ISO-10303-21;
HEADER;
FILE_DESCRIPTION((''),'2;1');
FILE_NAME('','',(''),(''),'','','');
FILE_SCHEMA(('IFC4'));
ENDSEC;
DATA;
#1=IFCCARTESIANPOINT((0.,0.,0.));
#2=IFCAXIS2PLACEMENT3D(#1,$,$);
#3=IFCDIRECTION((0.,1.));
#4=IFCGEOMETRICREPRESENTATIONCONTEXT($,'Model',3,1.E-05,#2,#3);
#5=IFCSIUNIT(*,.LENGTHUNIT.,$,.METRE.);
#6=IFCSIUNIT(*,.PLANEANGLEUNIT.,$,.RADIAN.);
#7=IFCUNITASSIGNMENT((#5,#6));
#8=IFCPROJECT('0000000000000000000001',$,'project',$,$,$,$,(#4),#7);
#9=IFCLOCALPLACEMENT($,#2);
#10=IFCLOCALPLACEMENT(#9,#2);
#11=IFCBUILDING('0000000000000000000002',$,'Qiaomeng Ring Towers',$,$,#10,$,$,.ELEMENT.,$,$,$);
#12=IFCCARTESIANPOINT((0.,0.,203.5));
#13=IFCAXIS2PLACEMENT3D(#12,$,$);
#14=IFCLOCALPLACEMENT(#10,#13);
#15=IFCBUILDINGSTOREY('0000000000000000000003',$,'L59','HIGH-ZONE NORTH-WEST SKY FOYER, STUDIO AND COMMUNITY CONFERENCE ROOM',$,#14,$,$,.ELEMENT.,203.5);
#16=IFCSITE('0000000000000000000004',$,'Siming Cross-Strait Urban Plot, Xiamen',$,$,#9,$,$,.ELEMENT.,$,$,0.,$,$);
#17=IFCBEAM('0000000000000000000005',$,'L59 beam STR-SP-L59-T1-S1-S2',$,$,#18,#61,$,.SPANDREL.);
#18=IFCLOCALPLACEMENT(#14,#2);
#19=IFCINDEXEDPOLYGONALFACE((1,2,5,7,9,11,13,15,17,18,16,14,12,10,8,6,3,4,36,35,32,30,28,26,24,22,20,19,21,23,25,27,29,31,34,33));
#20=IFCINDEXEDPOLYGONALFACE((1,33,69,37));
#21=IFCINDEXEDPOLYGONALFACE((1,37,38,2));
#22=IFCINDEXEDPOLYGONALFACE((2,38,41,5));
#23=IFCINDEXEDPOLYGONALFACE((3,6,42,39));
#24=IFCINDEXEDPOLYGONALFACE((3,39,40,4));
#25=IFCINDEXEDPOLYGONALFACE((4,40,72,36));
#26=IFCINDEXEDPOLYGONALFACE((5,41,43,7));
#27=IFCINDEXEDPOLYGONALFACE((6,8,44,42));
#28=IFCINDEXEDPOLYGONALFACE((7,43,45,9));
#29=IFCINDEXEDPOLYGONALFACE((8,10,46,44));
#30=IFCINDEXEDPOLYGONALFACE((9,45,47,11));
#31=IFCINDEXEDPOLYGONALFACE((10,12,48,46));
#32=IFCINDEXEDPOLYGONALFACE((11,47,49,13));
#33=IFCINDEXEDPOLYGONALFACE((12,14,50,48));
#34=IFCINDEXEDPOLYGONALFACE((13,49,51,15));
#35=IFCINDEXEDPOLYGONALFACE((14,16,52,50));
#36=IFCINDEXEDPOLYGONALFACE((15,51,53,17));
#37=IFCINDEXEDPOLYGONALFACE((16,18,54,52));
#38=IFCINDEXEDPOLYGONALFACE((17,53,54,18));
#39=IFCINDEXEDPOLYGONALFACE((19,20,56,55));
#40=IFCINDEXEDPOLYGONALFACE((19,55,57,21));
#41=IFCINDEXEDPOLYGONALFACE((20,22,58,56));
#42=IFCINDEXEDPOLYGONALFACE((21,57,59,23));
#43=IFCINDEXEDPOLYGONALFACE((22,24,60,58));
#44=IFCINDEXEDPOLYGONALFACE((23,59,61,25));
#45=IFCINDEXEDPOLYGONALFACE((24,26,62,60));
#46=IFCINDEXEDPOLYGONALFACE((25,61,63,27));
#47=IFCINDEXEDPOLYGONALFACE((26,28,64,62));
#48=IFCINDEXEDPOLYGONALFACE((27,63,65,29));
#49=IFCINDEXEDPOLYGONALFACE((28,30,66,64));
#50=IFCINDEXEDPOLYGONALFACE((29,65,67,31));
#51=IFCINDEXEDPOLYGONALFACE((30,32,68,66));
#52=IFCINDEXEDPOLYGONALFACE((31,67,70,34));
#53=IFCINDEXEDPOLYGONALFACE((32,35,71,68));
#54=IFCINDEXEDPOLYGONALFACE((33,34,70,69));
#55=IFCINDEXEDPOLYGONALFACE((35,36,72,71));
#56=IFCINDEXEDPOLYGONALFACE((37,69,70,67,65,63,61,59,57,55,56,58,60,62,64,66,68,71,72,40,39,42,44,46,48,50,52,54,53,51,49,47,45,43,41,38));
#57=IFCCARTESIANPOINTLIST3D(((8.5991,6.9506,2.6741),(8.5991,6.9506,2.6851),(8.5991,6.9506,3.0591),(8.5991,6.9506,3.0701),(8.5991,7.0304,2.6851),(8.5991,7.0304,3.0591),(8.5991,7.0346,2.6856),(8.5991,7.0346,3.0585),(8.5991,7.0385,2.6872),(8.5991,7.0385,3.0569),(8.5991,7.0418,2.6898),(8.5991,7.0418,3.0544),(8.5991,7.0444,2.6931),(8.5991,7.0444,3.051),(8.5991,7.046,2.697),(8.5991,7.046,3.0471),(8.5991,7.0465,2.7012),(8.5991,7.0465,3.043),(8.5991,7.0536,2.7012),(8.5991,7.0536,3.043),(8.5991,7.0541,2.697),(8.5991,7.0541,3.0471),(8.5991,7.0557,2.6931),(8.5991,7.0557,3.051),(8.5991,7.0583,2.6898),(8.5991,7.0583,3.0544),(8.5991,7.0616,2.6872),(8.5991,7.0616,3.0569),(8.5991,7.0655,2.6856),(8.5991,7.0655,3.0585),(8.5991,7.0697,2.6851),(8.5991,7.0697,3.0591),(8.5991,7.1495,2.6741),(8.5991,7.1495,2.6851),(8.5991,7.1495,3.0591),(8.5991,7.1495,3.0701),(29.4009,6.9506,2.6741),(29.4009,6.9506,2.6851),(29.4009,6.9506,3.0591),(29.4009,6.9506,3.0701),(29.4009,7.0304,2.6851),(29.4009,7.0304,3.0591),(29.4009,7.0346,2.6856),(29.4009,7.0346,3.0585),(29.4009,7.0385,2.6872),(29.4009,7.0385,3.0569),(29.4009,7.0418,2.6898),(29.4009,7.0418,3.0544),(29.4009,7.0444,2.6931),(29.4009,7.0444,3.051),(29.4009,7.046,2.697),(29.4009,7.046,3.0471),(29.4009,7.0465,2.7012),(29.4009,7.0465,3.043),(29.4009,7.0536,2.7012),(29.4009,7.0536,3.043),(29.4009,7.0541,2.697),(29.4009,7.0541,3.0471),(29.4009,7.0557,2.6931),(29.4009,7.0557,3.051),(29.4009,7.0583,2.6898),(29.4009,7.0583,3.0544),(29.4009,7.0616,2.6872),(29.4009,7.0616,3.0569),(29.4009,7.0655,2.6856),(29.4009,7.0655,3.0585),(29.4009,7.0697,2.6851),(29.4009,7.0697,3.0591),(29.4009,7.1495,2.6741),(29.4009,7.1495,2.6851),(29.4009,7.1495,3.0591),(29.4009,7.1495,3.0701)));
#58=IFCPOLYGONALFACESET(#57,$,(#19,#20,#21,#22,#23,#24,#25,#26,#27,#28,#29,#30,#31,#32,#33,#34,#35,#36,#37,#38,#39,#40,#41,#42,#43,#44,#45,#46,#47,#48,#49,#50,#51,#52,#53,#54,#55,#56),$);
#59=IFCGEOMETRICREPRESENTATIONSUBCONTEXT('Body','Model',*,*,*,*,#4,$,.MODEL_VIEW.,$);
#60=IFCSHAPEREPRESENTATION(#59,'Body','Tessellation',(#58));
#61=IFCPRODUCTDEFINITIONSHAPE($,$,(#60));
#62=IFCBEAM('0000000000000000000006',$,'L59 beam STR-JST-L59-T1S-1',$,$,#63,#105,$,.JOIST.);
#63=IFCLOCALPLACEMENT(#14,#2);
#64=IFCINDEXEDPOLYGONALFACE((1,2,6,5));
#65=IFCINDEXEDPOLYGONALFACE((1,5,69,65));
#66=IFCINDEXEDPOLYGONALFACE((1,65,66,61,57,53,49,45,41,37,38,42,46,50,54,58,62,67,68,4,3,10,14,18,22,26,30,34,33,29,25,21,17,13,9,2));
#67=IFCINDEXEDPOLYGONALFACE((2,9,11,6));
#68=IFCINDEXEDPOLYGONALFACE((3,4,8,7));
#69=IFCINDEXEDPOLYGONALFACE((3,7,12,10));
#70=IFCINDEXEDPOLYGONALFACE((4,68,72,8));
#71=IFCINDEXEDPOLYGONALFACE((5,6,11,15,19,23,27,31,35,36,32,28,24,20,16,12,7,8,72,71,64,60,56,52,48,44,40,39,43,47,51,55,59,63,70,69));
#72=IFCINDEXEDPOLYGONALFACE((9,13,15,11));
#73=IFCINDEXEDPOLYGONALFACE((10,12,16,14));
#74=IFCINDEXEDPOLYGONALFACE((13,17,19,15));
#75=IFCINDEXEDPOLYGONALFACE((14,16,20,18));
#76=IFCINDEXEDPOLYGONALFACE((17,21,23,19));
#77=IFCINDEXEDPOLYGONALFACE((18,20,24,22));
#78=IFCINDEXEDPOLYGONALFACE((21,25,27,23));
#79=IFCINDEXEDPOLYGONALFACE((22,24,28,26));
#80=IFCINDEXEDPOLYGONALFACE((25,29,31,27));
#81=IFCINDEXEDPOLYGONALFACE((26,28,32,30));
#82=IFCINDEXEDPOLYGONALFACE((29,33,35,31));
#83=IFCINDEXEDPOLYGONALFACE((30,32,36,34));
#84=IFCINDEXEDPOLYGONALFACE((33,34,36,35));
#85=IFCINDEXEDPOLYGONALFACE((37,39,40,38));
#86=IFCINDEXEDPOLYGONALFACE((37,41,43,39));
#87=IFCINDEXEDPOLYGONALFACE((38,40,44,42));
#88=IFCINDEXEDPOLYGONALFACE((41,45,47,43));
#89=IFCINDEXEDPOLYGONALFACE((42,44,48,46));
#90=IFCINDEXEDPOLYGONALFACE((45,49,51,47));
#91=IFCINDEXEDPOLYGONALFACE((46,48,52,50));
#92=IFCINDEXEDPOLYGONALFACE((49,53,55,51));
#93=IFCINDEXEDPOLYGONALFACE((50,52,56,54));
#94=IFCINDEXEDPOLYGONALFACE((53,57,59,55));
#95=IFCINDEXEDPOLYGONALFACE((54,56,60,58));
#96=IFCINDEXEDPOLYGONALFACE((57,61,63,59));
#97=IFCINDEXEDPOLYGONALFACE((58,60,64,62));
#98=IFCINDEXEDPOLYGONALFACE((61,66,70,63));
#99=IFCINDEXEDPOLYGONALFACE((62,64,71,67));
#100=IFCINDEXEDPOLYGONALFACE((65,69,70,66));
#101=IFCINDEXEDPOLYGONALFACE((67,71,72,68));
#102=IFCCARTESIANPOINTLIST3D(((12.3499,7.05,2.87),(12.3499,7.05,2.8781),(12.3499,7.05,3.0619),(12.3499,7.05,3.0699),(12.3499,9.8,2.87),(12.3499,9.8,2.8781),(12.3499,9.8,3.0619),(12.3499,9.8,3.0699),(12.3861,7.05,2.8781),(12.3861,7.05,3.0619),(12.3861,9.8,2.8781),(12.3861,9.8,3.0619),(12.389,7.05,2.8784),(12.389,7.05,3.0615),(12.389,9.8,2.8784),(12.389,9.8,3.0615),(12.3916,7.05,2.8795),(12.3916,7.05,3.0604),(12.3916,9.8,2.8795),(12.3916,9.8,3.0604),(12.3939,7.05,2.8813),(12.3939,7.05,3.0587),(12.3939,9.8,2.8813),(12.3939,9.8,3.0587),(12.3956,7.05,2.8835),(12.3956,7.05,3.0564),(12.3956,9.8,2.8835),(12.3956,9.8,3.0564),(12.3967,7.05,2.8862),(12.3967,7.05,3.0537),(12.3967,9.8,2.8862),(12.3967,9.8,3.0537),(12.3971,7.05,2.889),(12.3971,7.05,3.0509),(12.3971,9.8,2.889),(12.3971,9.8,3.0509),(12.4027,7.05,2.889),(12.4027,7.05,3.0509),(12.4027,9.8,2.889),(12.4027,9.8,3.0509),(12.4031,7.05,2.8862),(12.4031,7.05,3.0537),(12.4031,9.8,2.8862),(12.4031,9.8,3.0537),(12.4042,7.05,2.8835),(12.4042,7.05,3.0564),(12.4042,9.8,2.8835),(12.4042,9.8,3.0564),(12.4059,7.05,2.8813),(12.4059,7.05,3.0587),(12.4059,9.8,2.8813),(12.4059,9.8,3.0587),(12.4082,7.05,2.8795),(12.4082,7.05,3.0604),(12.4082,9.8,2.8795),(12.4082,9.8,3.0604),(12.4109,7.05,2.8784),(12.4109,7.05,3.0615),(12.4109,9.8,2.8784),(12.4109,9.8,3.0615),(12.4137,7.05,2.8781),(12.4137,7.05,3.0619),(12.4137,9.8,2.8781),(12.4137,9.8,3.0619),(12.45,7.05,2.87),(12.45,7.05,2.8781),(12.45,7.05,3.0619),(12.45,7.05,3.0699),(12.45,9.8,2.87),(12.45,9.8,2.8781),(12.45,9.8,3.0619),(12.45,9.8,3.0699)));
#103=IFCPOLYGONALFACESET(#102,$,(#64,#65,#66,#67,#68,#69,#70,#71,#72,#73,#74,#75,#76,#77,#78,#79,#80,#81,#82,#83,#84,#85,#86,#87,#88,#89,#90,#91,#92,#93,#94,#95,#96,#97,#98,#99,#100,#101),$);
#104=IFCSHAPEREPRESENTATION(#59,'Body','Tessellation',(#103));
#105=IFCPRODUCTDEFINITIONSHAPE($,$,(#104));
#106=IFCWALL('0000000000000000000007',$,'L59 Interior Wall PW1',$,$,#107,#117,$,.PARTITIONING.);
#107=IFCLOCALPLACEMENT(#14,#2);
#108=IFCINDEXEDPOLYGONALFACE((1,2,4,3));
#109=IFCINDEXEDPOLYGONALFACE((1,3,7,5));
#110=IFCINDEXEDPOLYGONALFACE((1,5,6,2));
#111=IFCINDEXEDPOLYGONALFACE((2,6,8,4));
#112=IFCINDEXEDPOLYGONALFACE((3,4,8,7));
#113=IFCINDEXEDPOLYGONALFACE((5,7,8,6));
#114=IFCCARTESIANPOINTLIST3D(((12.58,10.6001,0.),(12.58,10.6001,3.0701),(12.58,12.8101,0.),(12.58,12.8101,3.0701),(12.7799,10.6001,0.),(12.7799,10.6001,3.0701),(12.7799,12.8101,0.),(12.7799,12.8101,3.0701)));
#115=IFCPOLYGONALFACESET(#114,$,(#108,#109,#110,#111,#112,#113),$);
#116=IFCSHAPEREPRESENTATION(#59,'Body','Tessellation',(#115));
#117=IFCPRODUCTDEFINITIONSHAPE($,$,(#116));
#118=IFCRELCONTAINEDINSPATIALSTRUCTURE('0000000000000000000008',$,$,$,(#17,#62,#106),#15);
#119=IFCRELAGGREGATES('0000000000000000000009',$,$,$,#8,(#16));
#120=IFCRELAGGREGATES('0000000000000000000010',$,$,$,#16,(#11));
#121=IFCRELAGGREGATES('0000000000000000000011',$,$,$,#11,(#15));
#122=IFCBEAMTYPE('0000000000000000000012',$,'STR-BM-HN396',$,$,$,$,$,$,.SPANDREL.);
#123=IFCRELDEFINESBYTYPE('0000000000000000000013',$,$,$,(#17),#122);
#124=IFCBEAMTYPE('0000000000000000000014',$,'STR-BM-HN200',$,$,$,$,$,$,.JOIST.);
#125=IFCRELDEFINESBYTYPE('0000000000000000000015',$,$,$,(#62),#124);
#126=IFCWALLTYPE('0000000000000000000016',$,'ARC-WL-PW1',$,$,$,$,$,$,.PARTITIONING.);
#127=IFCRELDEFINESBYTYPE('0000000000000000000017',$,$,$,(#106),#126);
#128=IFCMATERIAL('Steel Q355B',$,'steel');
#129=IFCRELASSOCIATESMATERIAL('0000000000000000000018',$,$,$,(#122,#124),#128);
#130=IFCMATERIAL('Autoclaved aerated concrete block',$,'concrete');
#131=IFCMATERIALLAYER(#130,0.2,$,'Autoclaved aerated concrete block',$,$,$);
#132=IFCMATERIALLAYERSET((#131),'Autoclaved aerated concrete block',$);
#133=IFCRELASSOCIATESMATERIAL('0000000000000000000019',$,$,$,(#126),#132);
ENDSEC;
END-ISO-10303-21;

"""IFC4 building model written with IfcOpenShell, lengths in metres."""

from ifc_helpers import new_model, si_unit, direction, frame, frame_2d, origin, origin_2d, place, context, subcontext, project, spatial, rectangle, i_section, extrude, source, transform, mapped, material, layer, layer_set, material_profile, profile_set, type_object, element, save


model = new_model("IFC4")

# Units and contexts
model_context = context("Model", 3, precision=1e-05, world=origin(), true_north=direction((0.0, 1.0)))
body_context = subcontext(model_context, "Body", "Model", "MODEL_VIEW")
ifc_project = project(units=[si_unit("LENGTHUNIT", "METRE"), si_unit("PLANEANGLEUNIT", "RADIAN")], contexts=[model_context])

# Site, building, storey
site_placement = place(None, origin())
site = spatial("IfcSite", under=ifc_project, at=site_placement, Name="Siming Cross-Strait Urban Plot, Xiamen", CompositionType="ELEMENT", RefElevation=0.0)
building_placement = place(site_placement, origin())
building = spatial("IfcBuilding", under=site, at=building_placement, Name="Qiaomeng Ring Towers", CompositionType="ELEMENT")
storey_placement = place(building_placement, frame((0.0, 0.0, 203.5)))
storey = spatial("IfcBuildingStorey", under=building, at=storey_placement, Name="L59", Description="HIGH-ZONE NORTH-WEST SKY FOYER, STUDIO AND COMMUNITY CONFERENCE ROOM", CompositionType="ELEMENT", Elevation=203.5)

# Beams
ifc_material_1 = material(Name="Steel Q355B", Category="steel")
ifc_material_profile_1 = material_profile(ifc_material_1, i_section(OverallWidth=0.199, OverallDepth=0.396, WebThickness=0.0071, FlangeThickness=0.011, FilletRadius=0.0161, at=origin_2d()), Name="HN 396x199x7x11")
ifc_profile_set_1 = profile_set([ifc_material_profile_1], Name="Steel Q355B")
beam_type_1 = type_object("IfcBeamType", Name="STR-BM-HN396", PredefinedType="SPANDREL", material=ifc_profile_set_1)
shared_shape_1 = source(origin(), body_context, "Body", "SweptSolid", [
    extrude(i_section(OverallWidth=0.199, OverallDepth=0.396, WebThickness=0.0071, FlangeThickness=0.011, FilletRadius=0.0161, at=origin_2d()), origin(), (0.0, 0.0, 1.0), 20.8018),
])
beam_1_placement = place(storey_placement, frame((8.5991, 7.05, 2.8721), z_axis=(1.0, 0.0, 0.0), x_axis=(0.0, 1.0, 0.0)))
element("IfcBeam", 1, at=beam_1_placement, inside=storey, type_object=beam_type_1, Name="L59 beam STR-SP-L59-T1-S1-S2", PredefinedType="SPANDREL", context=body_context, shape_type="MappedRepresentation", body=[
    mapped(shared_shape_1, transform((0.0, 0.0, 0.0), x_axis=(1.0, 0.0, 0.0), y_axis=(0.0, 1.0, 0.0), z_axis=(0.0, 0.0, 1.0), scale=1.0)),
])
ifc_material_profile_2 = material_profile(ifc_material_1, i_section(OverallWidth=0.1001, OverallDepth=0.2, WebThickness=0.0056, FlangeThickness=0.0081, FilletRadius=0.011, at=origin_2d()), Name="HN 200x100x5.5x8")
ifc_profile_set_2 = profile_set([ifc_material_profile_2], Name="Steel Q355B")
beam_type_2 = type_object("IfcBeamType", Name="STR-BM-HN200", PredefinedType="JOIST", material=ifc_profile_set_2)
shared_shape_2 = source(origin(), body_context, "Body", "SweptSolid", [
    extrude(i_section(OverallWidth=0.1001, OverallDepth=0.2, WebThickness=0.0056, FlangeThickness=0.0081, FilletRadius=0.011, at=origin_2d()), origin(), (0.0, 0.0, 1.0), 2.75),
])
beam_2_placement = place(storey_placement, frame((12.3999, 7.05, 2.97), z_axis=(0.0, 1.0, 0.0), x_axis=(-1.0, 0.0, 0.0)))
element("IfcBeam", 2, at=beam_2_placement, inside=storey, type_object=beam_type_2, Name="L59 beam STR-JST-L59-T1S-1", PredefinedType="JOIST", context=body_context, shape_type="MappedRepresentation", body=[
    mapped(shared_shape_2, transform((0.0, 0.0, 0.0), x_axis=(1.0, 0.0, 0.0), y_axis=(0.0, 1.0, 0.0), z_axis=(0.0, 0.0, 1.0), scale=1.0)),
])

# Wall
ifc_material_2 = material(Name="Autoclaved aerated concrete block", Category="concrete")
ifc_layer_1 = layer(ifc_material_2, 0.2, Name="Autoclaved aerated concrete block")
ifc_layer_set_1 = layer_set([ifc_layer_1], Name="Autoclaved aerated concrete block")
wall_type_1 = type_object("IfcWallType", Name="ARC-WL-PW1", PredefinedType="PARTITIONING", material=ifc_layer_set_1)
wall_1_placement = place(storey_placement, frame((12.6799, 10.6001, 0.0), z_axis=(0.0, 0.0, 1.0), x_axis=(0.0, 1.0, 0.0)))
element("IfcWall", 3, at=wall_1_placement, inside=storey, type_object=wall_type_1, Name="L59 Interior Wall PW1", PredefinedType="PARTITIONING", context=body_context, shape_type="SweptSolid", body=[
    extrude(rectangle(XDim=2.21, YDim=0.2, at=frame_2d((1.105, 0.0))), origin(), (0.0, 0.0, 1.0), 3.0701),
])

save(model, "model.ifc")
